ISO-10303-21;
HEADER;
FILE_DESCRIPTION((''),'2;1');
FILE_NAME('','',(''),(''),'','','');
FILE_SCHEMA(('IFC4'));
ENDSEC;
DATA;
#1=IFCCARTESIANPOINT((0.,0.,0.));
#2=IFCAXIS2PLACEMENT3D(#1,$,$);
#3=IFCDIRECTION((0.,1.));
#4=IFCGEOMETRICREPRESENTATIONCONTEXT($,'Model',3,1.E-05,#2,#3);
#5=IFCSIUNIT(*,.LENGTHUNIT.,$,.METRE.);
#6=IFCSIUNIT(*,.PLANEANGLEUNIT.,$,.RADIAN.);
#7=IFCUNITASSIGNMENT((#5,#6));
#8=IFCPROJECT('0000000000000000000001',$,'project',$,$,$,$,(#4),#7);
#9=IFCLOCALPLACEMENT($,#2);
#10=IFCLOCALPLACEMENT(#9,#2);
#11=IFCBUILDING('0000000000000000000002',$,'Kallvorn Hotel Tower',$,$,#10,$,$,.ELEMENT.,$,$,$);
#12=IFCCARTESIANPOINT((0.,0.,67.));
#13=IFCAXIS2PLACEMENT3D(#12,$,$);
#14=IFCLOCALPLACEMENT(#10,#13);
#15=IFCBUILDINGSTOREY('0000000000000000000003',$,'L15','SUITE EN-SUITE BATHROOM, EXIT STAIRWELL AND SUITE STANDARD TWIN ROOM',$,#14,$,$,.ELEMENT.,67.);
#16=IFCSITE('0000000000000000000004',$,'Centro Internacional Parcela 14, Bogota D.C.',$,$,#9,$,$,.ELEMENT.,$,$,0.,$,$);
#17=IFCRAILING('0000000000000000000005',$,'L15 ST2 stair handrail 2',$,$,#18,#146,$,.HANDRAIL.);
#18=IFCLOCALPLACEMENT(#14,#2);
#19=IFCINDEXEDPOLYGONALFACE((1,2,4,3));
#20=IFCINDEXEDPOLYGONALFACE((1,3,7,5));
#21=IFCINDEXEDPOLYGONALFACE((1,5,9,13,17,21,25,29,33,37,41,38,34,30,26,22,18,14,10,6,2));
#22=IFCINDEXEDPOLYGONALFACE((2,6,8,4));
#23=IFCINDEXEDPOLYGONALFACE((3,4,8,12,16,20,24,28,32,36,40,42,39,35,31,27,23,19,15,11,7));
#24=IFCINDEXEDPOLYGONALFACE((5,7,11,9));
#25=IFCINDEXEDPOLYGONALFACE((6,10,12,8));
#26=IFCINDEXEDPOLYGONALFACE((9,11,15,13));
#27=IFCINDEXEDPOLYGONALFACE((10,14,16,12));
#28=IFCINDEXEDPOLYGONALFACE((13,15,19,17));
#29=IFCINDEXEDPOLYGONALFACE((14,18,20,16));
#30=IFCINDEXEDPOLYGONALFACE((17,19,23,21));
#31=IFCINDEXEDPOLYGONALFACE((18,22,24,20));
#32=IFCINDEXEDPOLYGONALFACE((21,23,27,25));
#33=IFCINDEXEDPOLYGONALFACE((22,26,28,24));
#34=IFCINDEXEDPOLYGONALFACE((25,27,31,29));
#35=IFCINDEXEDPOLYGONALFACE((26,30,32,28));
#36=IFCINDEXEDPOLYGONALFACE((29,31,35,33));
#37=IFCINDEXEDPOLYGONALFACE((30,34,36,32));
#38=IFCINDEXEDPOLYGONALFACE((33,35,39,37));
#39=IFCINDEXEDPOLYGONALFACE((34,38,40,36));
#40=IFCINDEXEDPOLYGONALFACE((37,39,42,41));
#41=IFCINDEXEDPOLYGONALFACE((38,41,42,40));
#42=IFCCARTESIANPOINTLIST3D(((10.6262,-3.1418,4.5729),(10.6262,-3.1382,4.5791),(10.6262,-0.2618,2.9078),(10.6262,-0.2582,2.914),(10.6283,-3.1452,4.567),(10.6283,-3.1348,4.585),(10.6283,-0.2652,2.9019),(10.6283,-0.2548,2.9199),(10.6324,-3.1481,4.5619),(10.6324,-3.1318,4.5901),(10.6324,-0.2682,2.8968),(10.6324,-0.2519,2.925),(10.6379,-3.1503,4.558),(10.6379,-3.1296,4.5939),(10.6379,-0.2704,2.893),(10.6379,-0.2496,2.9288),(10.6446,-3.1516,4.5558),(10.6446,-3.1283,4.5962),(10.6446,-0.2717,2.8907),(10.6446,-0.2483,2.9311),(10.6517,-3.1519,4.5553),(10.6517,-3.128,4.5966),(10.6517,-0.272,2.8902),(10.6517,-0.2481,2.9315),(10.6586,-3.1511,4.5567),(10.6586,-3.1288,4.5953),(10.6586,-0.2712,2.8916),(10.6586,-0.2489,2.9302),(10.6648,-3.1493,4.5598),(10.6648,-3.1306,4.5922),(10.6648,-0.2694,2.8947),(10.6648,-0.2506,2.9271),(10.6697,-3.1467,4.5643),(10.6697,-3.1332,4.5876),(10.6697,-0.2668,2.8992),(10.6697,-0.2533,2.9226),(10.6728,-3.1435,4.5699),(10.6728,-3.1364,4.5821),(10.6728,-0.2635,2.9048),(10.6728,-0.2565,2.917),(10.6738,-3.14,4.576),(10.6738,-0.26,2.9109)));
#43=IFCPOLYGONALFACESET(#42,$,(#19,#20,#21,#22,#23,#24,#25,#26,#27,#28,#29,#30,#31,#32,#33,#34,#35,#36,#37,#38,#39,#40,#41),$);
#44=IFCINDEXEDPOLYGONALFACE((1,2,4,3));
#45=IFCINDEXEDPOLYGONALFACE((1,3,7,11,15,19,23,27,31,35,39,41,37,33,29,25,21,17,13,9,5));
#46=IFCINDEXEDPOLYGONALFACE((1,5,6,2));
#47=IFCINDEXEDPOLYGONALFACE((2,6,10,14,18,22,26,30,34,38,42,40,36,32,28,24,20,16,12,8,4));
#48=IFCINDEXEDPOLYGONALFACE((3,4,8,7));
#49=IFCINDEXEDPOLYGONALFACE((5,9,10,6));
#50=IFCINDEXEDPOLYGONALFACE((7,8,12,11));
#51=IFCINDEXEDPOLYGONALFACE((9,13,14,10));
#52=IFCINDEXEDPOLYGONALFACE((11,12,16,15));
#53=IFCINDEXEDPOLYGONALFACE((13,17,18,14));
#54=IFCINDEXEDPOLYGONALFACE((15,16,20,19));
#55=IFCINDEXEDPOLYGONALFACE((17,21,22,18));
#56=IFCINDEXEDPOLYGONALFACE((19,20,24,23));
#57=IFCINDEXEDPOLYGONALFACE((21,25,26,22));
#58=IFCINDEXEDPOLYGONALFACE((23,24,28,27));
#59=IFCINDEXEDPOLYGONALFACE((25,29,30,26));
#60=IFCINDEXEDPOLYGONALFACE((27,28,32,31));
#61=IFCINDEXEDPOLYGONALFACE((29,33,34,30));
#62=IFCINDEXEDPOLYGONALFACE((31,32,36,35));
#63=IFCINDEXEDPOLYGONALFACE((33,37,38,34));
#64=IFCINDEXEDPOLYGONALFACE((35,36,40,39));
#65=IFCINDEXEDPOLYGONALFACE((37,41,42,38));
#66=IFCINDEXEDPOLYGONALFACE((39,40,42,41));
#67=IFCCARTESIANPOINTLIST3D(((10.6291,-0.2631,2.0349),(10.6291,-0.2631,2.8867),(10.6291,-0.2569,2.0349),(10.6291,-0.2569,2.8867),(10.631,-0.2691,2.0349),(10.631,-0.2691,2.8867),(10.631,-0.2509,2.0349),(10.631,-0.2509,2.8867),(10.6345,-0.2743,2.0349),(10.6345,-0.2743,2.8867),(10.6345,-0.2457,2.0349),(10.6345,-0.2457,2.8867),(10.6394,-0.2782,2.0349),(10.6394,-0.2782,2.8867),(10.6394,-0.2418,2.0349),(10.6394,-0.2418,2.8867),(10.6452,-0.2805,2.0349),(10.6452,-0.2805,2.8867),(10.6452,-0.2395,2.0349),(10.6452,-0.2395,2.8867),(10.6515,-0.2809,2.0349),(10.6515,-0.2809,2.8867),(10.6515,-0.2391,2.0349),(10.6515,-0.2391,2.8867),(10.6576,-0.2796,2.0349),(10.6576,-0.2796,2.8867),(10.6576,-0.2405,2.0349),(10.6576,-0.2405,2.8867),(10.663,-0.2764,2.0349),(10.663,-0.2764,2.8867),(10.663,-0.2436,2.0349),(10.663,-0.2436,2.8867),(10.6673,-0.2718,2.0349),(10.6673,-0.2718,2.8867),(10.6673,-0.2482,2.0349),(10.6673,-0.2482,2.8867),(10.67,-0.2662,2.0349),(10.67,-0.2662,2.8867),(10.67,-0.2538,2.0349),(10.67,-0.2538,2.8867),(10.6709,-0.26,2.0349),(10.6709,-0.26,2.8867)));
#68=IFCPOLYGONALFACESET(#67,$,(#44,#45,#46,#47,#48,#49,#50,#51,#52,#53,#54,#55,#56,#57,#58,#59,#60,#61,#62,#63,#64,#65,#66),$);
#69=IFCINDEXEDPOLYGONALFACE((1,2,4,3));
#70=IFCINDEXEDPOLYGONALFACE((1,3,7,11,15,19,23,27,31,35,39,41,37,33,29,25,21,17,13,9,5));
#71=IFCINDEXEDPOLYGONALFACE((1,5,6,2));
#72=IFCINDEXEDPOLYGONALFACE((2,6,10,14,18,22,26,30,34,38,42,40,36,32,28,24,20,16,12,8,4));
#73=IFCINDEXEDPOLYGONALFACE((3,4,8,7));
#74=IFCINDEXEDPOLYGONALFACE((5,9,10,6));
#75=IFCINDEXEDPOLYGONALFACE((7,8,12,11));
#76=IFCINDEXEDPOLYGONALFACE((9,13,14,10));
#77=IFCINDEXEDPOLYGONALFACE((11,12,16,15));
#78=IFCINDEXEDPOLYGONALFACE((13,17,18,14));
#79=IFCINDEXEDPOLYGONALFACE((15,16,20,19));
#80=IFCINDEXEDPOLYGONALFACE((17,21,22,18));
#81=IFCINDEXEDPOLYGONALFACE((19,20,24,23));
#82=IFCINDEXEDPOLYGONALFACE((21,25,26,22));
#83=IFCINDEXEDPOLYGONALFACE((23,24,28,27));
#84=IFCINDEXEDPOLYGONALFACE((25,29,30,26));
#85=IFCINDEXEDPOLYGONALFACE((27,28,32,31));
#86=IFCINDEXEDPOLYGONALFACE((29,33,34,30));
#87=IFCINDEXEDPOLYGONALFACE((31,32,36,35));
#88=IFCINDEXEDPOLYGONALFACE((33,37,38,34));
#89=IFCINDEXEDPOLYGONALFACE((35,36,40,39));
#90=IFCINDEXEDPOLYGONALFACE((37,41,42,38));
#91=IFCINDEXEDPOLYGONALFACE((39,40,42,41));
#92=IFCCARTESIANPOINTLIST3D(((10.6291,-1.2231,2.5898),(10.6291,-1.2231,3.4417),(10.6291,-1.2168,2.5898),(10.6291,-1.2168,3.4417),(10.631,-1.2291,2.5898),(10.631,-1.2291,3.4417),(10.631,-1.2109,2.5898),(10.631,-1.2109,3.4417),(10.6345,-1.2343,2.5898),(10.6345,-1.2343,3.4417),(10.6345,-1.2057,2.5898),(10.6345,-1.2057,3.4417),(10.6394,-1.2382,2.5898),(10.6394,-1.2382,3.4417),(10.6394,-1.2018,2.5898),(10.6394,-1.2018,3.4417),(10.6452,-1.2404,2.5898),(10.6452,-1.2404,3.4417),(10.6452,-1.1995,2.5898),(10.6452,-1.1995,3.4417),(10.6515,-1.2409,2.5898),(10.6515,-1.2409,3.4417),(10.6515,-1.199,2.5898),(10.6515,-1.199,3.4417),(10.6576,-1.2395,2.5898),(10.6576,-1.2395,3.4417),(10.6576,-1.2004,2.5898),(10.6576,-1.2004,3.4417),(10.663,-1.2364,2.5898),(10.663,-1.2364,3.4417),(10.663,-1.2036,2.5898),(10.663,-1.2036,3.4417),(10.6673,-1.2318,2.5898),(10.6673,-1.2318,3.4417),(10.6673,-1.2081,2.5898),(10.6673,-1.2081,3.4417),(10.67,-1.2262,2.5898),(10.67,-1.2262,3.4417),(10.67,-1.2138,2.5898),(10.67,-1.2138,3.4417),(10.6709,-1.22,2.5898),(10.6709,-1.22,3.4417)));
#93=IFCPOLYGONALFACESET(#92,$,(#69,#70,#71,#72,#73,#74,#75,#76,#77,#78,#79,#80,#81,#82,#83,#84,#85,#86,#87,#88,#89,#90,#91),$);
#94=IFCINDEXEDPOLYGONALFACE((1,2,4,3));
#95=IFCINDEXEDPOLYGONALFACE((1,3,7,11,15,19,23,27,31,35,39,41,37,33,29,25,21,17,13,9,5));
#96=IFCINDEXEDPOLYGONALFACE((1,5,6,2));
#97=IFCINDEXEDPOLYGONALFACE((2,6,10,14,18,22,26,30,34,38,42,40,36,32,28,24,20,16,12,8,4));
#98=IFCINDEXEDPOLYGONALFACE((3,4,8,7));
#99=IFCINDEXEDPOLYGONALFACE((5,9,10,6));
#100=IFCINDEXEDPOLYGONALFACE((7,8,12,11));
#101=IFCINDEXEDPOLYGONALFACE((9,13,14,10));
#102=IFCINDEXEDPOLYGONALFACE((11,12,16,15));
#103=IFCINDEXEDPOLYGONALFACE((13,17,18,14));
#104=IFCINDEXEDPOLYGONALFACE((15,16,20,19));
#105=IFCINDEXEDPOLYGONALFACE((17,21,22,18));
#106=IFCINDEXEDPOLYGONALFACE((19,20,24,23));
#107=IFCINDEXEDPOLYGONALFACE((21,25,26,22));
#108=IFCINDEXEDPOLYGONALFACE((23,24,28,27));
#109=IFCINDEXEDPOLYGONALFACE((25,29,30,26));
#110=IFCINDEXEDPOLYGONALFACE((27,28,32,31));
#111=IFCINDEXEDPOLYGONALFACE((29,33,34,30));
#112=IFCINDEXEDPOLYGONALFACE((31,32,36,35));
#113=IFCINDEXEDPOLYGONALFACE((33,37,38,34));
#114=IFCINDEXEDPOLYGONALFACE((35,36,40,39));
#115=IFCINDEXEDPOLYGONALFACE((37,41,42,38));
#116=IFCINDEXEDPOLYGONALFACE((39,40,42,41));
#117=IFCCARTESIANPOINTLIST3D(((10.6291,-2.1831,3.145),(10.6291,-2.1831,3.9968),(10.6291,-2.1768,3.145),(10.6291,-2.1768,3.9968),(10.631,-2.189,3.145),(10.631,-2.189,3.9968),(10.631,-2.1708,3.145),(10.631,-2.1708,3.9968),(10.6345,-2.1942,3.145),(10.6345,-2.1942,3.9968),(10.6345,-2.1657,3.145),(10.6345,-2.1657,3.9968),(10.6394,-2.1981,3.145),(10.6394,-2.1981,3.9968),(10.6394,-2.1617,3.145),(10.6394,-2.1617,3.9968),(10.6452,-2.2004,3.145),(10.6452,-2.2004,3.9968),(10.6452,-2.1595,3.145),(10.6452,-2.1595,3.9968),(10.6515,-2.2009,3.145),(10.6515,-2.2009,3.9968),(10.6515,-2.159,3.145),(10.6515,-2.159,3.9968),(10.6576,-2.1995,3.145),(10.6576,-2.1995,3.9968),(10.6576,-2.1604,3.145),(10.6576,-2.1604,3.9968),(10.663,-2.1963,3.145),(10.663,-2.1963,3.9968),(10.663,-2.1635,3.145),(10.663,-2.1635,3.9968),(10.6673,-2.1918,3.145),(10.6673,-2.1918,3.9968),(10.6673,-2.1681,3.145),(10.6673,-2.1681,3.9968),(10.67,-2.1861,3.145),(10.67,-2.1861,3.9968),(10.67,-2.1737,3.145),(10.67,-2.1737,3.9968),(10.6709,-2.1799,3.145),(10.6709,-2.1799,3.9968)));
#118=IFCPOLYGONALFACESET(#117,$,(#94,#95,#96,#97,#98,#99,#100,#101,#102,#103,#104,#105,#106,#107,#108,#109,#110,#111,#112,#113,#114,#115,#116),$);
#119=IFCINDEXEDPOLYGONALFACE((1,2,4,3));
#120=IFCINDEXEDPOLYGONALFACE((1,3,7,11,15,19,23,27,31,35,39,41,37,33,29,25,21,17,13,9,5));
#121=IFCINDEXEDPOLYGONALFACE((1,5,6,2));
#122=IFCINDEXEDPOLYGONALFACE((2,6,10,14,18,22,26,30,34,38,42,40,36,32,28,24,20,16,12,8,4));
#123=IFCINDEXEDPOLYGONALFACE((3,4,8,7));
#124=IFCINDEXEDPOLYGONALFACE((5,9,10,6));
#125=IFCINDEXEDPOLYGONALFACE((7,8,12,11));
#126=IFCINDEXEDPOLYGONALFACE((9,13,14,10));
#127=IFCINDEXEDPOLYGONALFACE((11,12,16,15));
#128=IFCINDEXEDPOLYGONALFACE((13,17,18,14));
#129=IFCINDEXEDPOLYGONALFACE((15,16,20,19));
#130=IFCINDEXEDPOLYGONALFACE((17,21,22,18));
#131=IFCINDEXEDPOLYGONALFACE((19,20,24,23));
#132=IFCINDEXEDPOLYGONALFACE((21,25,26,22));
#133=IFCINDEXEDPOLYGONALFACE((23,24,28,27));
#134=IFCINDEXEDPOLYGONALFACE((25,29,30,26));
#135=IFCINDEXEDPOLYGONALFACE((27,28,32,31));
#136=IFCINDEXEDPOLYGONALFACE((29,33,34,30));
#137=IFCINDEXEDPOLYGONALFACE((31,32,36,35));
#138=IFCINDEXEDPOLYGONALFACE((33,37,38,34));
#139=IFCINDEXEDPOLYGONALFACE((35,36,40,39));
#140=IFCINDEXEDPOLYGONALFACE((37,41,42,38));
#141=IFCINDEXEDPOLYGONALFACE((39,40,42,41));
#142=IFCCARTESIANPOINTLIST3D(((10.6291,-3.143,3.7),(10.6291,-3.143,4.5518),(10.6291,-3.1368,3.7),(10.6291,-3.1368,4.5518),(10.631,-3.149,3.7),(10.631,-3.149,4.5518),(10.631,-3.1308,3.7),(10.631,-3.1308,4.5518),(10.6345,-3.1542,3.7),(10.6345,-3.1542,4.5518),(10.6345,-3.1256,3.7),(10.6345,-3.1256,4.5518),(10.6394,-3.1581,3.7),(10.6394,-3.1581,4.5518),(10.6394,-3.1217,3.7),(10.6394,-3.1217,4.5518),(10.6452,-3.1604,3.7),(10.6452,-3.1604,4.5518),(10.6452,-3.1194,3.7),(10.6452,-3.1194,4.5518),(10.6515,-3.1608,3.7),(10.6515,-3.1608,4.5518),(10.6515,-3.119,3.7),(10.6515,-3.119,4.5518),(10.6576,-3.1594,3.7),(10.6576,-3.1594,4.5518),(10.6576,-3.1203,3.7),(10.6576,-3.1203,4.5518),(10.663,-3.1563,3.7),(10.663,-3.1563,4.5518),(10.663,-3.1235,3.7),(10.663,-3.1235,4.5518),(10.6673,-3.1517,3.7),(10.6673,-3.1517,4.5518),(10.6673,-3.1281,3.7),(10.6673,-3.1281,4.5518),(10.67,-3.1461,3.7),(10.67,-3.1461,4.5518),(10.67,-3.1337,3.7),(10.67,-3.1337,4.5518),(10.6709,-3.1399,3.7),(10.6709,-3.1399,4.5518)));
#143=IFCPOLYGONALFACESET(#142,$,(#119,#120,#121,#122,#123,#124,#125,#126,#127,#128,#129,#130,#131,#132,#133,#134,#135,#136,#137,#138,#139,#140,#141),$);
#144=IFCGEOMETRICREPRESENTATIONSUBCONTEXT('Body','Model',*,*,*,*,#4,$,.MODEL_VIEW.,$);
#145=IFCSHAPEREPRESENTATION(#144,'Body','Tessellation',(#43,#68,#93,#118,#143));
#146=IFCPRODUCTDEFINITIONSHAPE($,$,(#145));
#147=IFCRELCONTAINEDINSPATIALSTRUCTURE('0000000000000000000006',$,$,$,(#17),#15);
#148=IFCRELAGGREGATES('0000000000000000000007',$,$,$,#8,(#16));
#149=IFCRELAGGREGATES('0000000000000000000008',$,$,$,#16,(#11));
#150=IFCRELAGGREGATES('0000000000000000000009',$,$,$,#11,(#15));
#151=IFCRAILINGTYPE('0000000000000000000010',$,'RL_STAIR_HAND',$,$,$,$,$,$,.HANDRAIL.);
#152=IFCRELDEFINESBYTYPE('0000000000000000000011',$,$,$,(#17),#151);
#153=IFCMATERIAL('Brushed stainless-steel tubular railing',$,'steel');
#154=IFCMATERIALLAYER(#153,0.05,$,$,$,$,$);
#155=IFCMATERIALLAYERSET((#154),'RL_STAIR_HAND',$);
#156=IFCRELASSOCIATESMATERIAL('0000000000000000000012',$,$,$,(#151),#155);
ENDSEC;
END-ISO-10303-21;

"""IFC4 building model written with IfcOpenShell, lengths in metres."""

from ifc_helpers import new_model, si_unit, direction, frame, origin, origin_2d, place, context, subcontext, project, spatial, circle, extrude, material, layer, layer_set, type_object, element, save


model = new_model("IFC4")

# Units and contexts
model_context = context("Model", 3, precision=1e-05, world=origin(), true_north=direction((0.0, 1.0)))
body_context = subcontext(model_context, "Body", "Model", "MODEL_VIEW")
ifc_project = project(units=[si_unit("LENGTHUNIT", "METRE"), si_unit("PLANEANGLEUNIT", "RADIAN")], contexts=[model_context])

# Site, building, storey
site_placement = place(None, origin())
site = spatial("IfcSite", under=ifc_project, at=site_placement, Name="Centro Internacional Parcela 14, Bogota D.C.", CompositionType="ELEMENT", RefElevation=0.0)
building_placement = place(site_placement, origin())
building = spatial("IfcBuilding", under=site, at=building_placement, Name="Kallvorn Hotel Tower", CompositionType="ELEMENT")
storey_placement = place(building_placement, frame((0.0, 0.0, 67.0)))
storey = spatial("IfcBuildingStorey", under=building, at=storey_placement, Name="L15", Description="SUITE EN-SUITE BATHROOM, EXIT STAIRWELL AND SUITE STANDARD TWIN ROOM", CompositionType="ELEMENT", Elevation=67.0)

# Railing
ifc_material_1 = material(Name="Brushed stainless-steel tubular railing", Category="steel")
ifc_layer_1 = layer(ifc_material_1, 0.05)
ifc_layer_set_1 = layer_set([ifc_layer_1], Name="RL_STAIR_HAND")
railing_type_1 = type_object("IfcRailingType", Name="RL_STAIR_HAND", PredefinedType="HANDRAIL", material=ifc_layer_set_1)
railing_1_placement = place(storey_placement, frame((10.6499, -0.26, 2.0349)))
element("IfcRailing", 1, at=railing_1_placement, inside=storey, type_object=railing_type_1, Name="L15 ST2 stair handrail 2", PredefinedType="HANDRAIL", context=body_context, shape_type="SweptSolid", body=[
    extrude(circle(Radius=0.0239, at=origin_2d()), frame((0.0, 0.0, 0.876), z_axis=(0.0, -0.865721, 0.500527), x_axis=(1.0, 0.0, 0.0)), (0.0, 0.0, 1.0), 3.3267),
    extrude(circle(Radius=0.021, at=origin_2d()), origin(), (0.0, 0.0, 1.0), 0.8518),
    extrude(circle(Radius=0.021, at=origin_2d()), frame((0.0, -0.96, 0.5549)), (0.0, 0.0, 1.0), 0.8518),
    extrude(circle(Radius=0.021, at=origin_2d()), frame((0.0, -1.9199, 1.1101)), (0.0, 0.0, 1.0), 0.8518),
    extrude(circle(Radius=0.021, at=origin_2d()), frame((0.0, -2.8799, 1.665)), (0.0, 0.0, 1.0), 0.8518),
])

save(model, "model.ifc")
